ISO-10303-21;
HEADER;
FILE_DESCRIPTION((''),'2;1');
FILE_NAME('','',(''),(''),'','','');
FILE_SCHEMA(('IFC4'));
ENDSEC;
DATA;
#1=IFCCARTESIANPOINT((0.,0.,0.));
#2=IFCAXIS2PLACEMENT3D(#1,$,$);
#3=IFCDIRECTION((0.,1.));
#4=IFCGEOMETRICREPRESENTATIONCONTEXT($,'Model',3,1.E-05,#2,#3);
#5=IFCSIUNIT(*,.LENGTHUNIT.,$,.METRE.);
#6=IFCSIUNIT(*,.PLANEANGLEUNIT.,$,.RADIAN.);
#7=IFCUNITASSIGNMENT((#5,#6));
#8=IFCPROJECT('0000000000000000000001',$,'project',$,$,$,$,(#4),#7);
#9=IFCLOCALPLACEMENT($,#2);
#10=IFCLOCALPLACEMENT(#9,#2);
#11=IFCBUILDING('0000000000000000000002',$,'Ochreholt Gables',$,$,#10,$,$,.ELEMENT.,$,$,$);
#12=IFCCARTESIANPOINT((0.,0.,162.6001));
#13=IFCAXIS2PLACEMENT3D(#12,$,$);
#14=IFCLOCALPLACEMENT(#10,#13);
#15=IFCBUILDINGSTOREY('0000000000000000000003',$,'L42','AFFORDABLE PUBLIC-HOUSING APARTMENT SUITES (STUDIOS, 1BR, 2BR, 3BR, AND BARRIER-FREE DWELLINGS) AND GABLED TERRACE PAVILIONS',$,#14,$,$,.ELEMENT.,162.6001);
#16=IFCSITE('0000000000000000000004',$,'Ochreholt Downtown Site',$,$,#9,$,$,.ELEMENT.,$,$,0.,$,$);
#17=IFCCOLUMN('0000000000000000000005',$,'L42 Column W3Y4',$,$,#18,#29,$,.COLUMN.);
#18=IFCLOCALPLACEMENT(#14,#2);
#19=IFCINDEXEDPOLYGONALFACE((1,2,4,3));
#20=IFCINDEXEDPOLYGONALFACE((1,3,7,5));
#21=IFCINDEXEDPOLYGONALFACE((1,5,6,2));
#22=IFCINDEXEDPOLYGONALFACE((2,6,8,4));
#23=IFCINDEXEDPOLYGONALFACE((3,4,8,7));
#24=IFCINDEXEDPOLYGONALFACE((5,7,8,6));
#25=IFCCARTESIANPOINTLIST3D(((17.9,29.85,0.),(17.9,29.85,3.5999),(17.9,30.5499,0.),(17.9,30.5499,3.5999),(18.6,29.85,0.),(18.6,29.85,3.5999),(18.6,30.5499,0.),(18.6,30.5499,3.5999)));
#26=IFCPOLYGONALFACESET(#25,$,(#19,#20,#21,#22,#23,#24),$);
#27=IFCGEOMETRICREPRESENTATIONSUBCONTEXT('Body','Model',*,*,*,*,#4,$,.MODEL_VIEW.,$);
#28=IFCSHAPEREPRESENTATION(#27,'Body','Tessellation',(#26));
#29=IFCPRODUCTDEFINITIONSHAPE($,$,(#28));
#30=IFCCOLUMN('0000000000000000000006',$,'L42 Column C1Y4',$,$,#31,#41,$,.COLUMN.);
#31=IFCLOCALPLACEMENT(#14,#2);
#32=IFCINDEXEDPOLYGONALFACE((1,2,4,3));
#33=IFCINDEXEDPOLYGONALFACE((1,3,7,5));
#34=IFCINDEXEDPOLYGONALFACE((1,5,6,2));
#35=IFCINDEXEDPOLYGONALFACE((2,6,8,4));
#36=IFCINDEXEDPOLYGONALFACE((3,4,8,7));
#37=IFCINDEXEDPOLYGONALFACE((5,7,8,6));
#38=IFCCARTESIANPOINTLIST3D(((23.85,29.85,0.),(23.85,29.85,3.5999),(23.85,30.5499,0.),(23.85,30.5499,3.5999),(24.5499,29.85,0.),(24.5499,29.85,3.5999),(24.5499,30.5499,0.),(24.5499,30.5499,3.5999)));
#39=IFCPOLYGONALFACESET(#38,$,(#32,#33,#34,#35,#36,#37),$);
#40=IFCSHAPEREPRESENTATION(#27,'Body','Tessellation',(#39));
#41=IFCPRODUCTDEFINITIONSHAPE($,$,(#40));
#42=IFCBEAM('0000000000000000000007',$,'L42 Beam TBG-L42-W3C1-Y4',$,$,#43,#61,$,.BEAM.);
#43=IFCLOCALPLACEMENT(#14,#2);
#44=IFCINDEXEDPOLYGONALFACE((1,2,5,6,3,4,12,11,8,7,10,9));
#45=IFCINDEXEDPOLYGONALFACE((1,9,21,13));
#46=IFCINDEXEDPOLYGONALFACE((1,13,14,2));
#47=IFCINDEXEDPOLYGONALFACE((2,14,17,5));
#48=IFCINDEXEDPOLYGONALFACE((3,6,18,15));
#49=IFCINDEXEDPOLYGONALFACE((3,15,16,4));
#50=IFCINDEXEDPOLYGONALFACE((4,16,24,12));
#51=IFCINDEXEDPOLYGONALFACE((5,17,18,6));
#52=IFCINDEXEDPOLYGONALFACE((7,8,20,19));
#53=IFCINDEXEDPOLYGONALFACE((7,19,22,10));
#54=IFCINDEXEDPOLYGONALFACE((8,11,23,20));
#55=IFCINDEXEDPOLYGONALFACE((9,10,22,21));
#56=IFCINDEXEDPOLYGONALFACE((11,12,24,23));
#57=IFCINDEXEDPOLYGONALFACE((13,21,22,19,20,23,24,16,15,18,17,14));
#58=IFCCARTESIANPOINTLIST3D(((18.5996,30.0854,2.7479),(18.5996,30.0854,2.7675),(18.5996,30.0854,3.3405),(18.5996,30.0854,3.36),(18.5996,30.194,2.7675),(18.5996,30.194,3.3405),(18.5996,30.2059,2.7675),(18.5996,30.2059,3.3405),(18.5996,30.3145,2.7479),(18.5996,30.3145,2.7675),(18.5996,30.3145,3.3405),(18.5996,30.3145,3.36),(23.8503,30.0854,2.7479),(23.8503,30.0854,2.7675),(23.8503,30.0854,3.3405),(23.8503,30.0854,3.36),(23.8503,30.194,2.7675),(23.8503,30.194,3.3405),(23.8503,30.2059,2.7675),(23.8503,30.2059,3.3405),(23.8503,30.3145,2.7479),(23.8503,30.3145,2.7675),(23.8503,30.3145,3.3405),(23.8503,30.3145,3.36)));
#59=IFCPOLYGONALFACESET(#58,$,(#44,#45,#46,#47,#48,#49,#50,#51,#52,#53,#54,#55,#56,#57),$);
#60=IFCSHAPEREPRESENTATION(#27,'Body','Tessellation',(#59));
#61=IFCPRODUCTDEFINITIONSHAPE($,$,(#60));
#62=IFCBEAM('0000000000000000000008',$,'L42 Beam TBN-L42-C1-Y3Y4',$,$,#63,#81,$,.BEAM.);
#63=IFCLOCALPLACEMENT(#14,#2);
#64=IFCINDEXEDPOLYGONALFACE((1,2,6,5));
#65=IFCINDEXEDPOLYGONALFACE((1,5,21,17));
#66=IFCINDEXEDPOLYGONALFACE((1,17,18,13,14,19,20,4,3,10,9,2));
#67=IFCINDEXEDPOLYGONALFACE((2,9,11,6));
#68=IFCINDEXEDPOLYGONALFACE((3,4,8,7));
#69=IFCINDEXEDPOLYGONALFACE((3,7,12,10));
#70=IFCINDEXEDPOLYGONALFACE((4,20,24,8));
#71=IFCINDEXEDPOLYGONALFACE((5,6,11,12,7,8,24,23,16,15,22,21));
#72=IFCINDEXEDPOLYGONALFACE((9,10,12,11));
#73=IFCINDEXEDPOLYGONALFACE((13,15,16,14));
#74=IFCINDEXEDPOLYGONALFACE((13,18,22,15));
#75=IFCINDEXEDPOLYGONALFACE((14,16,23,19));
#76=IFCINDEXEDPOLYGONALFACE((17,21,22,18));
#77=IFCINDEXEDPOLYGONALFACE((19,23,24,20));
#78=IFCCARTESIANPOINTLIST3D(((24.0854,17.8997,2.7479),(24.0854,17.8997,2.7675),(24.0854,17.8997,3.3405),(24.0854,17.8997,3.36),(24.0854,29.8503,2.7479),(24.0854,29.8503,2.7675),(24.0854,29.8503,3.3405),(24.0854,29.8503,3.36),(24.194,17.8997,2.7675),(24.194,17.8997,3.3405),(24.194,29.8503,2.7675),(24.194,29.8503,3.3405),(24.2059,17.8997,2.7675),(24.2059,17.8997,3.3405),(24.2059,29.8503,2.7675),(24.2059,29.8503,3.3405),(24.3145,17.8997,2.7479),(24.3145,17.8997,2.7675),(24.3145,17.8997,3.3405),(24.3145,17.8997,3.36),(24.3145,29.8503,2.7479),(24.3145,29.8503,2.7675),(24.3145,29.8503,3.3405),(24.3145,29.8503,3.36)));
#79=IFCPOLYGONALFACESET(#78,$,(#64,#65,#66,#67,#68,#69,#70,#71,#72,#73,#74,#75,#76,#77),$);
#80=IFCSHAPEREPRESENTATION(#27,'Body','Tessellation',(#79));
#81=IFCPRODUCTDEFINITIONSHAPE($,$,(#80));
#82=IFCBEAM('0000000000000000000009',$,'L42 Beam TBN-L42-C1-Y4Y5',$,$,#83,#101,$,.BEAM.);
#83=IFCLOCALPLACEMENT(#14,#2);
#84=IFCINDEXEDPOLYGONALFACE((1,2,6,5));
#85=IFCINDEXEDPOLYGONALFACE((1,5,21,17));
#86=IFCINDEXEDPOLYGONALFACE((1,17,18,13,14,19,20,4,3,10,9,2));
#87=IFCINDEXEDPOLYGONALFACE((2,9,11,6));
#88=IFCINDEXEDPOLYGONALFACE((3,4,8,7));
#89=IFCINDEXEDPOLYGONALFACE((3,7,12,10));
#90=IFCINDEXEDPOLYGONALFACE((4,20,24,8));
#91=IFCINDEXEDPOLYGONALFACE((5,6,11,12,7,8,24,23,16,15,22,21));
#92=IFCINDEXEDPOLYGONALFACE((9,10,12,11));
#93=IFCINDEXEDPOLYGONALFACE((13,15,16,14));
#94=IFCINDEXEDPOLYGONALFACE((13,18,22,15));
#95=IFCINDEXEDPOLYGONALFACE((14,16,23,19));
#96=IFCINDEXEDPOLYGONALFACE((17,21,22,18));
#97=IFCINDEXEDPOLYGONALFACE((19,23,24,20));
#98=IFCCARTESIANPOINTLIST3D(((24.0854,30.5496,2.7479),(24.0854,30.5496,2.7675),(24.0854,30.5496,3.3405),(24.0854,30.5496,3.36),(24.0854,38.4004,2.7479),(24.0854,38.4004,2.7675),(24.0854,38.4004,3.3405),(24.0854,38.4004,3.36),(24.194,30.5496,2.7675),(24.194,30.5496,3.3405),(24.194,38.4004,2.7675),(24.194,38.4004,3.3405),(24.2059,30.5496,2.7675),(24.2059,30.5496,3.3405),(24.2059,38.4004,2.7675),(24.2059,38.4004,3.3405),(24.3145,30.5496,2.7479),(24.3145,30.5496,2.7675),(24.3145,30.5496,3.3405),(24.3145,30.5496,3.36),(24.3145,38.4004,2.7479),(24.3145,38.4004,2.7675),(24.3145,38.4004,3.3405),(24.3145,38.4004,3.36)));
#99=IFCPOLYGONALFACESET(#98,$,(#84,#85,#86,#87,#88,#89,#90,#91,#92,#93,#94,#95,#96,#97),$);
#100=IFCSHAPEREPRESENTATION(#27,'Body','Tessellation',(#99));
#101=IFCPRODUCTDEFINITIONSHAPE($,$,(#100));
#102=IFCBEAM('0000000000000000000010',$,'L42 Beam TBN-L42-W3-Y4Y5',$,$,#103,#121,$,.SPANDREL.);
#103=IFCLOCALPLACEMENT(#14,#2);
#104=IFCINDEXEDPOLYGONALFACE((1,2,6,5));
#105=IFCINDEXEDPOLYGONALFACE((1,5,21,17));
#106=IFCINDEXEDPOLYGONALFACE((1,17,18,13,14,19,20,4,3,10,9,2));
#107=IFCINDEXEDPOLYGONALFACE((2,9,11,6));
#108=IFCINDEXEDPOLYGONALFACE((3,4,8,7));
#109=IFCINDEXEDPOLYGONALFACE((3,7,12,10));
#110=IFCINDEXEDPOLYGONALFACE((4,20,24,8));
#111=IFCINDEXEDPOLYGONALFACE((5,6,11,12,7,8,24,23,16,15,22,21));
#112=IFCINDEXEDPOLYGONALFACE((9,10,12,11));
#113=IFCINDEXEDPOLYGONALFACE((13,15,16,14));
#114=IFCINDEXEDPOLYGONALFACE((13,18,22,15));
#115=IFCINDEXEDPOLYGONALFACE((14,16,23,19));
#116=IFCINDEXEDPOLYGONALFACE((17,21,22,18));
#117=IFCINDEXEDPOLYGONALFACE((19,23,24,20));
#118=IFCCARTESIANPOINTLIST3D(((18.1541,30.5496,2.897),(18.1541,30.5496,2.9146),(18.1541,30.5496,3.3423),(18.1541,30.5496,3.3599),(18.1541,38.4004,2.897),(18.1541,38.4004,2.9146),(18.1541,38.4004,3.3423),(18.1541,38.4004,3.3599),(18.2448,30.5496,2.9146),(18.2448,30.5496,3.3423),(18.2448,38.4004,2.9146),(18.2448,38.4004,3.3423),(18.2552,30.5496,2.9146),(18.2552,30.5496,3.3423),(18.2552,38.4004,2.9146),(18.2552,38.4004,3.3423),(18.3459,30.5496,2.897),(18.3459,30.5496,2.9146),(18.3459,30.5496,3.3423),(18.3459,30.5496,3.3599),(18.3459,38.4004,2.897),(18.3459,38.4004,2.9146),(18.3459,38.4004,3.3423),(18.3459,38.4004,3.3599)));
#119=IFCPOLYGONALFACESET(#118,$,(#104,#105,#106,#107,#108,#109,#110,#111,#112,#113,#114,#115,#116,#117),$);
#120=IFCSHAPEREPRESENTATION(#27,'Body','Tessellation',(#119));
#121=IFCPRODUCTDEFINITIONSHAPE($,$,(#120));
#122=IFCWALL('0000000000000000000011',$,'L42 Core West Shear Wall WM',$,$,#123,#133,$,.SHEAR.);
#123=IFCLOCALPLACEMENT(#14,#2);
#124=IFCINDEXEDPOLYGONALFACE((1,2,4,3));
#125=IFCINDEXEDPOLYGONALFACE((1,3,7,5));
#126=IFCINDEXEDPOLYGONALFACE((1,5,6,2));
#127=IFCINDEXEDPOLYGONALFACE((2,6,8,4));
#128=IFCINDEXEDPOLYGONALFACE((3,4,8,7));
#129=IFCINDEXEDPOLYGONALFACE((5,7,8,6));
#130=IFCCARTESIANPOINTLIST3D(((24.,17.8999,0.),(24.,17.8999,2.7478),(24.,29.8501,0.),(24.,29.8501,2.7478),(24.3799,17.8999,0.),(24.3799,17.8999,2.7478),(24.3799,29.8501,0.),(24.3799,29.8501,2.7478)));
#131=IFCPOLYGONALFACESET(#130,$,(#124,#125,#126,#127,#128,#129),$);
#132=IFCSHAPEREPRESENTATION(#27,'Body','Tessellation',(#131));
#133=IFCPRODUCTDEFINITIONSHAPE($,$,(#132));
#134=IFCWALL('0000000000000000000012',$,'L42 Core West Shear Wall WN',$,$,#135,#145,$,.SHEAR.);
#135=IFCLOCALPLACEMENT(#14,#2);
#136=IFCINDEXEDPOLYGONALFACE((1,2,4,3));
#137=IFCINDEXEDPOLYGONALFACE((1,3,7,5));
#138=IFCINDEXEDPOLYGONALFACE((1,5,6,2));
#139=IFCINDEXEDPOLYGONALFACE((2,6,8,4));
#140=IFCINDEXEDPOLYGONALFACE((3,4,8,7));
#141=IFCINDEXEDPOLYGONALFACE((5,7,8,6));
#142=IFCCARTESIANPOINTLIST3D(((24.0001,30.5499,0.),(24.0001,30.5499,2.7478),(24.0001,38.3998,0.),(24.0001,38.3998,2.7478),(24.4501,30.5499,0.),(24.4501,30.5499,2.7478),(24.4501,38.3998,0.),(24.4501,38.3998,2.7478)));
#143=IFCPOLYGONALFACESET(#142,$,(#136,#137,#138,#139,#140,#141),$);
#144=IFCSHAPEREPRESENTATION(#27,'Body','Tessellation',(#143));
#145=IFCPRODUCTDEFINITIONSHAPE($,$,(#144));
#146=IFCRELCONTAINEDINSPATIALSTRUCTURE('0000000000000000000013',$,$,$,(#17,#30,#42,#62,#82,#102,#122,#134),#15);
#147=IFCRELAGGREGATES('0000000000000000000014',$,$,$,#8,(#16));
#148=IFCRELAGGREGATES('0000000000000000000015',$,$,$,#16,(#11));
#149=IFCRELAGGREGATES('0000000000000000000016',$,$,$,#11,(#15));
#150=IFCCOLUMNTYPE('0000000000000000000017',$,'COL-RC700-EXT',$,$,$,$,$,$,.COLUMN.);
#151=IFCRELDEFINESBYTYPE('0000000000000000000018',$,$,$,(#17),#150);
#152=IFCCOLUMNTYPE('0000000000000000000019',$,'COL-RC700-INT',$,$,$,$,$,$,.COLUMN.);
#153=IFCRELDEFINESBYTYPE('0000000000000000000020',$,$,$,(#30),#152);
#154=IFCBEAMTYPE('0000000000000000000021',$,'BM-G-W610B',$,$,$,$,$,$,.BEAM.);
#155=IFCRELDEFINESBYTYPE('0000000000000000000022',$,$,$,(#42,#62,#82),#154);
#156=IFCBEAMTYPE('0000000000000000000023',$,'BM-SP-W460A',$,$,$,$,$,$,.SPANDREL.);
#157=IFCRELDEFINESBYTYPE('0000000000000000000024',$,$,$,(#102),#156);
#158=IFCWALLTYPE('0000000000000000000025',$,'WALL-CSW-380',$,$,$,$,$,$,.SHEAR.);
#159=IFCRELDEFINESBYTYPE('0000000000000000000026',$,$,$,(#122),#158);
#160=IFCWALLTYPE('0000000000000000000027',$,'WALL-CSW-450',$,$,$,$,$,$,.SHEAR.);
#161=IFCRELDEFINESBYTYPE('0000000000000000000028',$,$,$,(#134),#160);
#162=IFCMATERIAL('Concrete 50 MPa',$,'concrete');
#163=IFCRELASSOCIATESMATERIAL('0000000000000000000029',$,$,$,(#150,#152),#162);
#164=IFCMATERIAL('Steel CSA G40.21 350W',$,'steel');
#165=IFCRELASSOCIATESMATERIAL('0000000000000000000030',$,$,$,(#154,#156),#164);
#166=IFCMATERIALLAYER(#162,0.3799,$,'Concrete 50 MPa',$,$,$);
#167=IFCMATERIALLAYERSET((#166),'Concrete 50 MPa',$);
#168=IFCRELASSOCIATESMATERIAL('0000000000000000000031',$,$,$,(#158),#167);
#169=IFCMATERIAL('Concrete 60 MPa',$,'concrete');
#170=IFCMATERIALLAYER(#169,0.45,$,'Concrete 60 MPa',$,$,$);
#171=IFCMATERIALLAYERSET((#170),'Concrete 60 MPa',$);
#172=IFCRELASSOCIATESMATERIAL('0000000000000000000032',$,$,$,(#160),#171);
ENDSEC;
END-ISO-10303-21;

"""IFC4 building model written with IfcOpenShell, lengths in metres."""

from ifc_helpers import new_model, si_unit, direction, frame, frame_2d, origin, origin_2d, place, context, subcontext, project, spatial, rectangle, i_section, extrude, material, layer, layer_set, material_profile, profile_set, type_object, element, save


model = new_model("IFC4")

# Units and contexts
model_context = context("Model", 3, precision=1e-05, world=origin(), true_north=direction((0.0, 1.0)))
body_context = subcontext(model_context, "Body", "Model", "MODEL_VIEW")
ifc_project = project(units=[si_unit("LENGTHUNIT", "METRE"), si_unit("PLANEANGLEUNIT", "RADIAN")], contexts=[model_context])

# Site, building, storey
site_placement = place(None, origin())
site = spatial("IfcSite", under=ifc_project, at=site_placement, Name="Ochreholt Downtown Site", CompositionType="ELEMENT", RefElevation=0.0)
building_placement = place(site_placement, origin())
building = spatial("IfcBuilding", under=site, at=building_placement, Name="Ochreholt Gables", CompositionType="ELEMENT")
storey_placement = place(building_placement, frame((0.0, 0.0, 162.6001)))
storey = spatial("IfcBuildingStorey", under=building, at=storey_placement, Name="L42", Description="AFFORDABLE PUBLIC-HOUSING APARTMENT SUITES (STUDIOS, 1BR, 2BR, 3BR, AND BARRIER-FREE DWELLINGS) AND GABLED TERRACE PAVILIONS", CompositionType="ELEMENT", Elevation=162.6001)

# Columns
ifc_material_1 = material(Name="Concrete 50 MPa", Category="concrete")
ifc_material_profile_1 = material_profile(ifc_material_1, rectangle(XDim=0.7, YDim=0.7, at=origin_2d()), Name="RC700X700")
ifc_profile_set_1 = profile_set([ifc_material_profile_1], Name="Concrete 50 MPa")
column_type_1 = type_object("IfcColumnType", Name="COL-RC700-EXT", PredefinedType="COLUMN", material=ifc_profile_set_1)
column_1_placement = place(storey_placement, frame((18.25, 30.2, 0.0), z_axis=(0.0, 0.0, 1.0), x_axis=(1.0, 0.0, 0.0)))
element("IfcColumn", 1, at=column_1_placement, inside=storey, type_object=column_type_1, Name="L42 Column W3Y4", PredefinedType="COLUMN", context=body_context, shape_type="SweptSolid", body=[
    extrude(rectangle(XDim=0.7, YDim=0.7, at=origin_2d()), origin(), (0.0, 0.0, 1.0), 3.5999),
])
ifc_material_profile_2 = material_profile(ifc_material_1, rectangle(XDim=0.7, YDim=0.7, at=origin_2d()), Name="RC700X700")
ifc_profile_set_2 = profile_set([ifc_material_profile_2], Name="Concrete 50 MPa")
column_type_2 = type_object("IfcColumnType", Name="COL-RC700-INT", PredefinedType="COLUMN", material=ifc_profile_set_2)
column_2_placement = place(storey_placement, frame((24.2, 30.2, 0.0), z_axis=(0.0, 0.0, 1.0), x_axis=(1.0, 0.0, 0.0)))
element("IfcColumn", 2, at=column_2_placement, inside=storey, type_object=column_type_2, Name="L42 Column C1Y4", PredefinedType="COLUMN", context=body_context, shape_type="SweptSolid", body=[
    extrude(rectangle(XDim=0.7, YDim=0.7, at=origin_2d()), origin(), (0.0, 0.0, 1.0), 3.5999),
])

# Beams
ifc_material_2 = material(Name="Steel CSA G40.21 350W", Category="steel")
ifc_material_profile_3 = material_profile(ifc_material_2, i_section(OverallWidth=0.229, OverallDepth=0.6121, WebThickness=0.012, FlangeThickness=0.0195, at=origin_2d()), Name="W610X125")
ifc_profile_set_3 = profile_set([ifc_material_profile_3], Name="Steel CSA G40.21 350W")
beam_type_1 = type_object("IfcBeamType", Name="BM-G-W610B", PredefinedType="BEAM", material=ifc_profile_set_3)
beam_1_placement = place(storey_placement, frame((18.5996, 30.2, 3.054), z_axis=(1.0, 0.0, 0.0), x_axis=(0.0, 1.0, 0.0)))
element("IfcBeam", 3, at=beam_1_placement, inside=storey, type_object=beam_type_1, Name="L42 Beam TBG-L42-W3C1-Y4", PredefinedType="BEAM", context=body_context, shape_type="SweptSolid", body=[
    extrude(i_section(OverallWidth=0.229, OverallDepth=0.6121, WebThickness=0.012, FlangeThickness=0.0195, at=origin_2d()), origin(), (0.0, 0.0, 1.0), 5.2507),
])
beam_2_placement = place(storey_placement, frame((24.2, 17.8997, 3.054), z_axis=(0.0, 1.0, 0.0), x_axis=(-1.0, 0.0, 0.0)))
element("IfcBeam", 4, at=beam_2_placement, inside=storey, type_object=beam_type_1, Name="L42 Beam TBN-L42-C1-Y3Y4", PredefinedType="BEAM", context=body_context, shape_type="SweptSolid", body=[
    extrude(i_section(OverallWidth=0.229, OverallDepth=0.6121, WebThickness=0.012, FlangeThickness=0.0195, at=origin_2d()), origin(), (0.0, 0.0, 1.0), 11.9507),
])
beam_3_placement = place(storey_placement, frame((24.2, 30.5496, 3.054), z_axis=(0.0, 1.0, 0.0), x_axis=(-1.0, 0.0, 0.0)))
element("IfcBeam", 5, at=beam_3_placement, inside=storey, type_object=beam_type_1, Name="L42 Beam TBN-L42-C1-Y4Y5", PredefinedType="BEAM", context=body_context, shape_type="SweptSolid", body=[
    extrude(i_section(OverallWidth=0.229, OverallDepth=0.6121, WebThickness=0.012, FlangeThickness=0.0195, at=origin_2d()), origin(), (0.0, 0.0, 1.0), 7.8508),
])
ifc_material_profile_4 = material_profile(ifc_material_2, i_section(OverallWidth=0.1919, OverallDepth=0.4629, WebThickness=0.0105, FlangeThickness=0.0176, at=origin_2d()), Name="W460X89")
ifc_profile_set_4 = profile_set([ifc_material_profile_4], Name="Steel CSA G40.21 350W")
beam_type_2 = type_object("IfcBeamType", Name="BM-SP-W460A", PredefinedType="SPANDREL", material=ifc_profile_set_4)
beam_4_placement = place(storey_placement, frame((18.25, 30.5496, 3.1284), z_axis=(0.0, 1.0, 0.0), x_axis=(-1.0, 0.0, 0.0)))
element("IfcBeam", 6, at=beam_4_placement, inside=storey, type_object=beam_type_2, Name="L42 Beam TBN-L42-W3-Y4Y5", PredefinedType="SPANDREL", context=body_context, shape_type="SweptSolid", body=[
    extrude(i_section(OverallWidth=0.1919, OverallDepth=0.4629, WebThickness=0.0105, FlangeThickness=0.0176, at=origin_2d()), origin(), (0.0, 0.0, 1.0), 7.8508),
])

# Walls
ifc_layer_1 = layer(ifc_material_1, 0.3799, Name="Concrete 50 MPa")
ifc_layer_set_1 = layer_set([ifc_layer_1], Name="Concrete 50 MPa")
wall_type_1 = type_object("IfcWallType", Name="WALL-CSW-380", PredefinedType="SHEAR", material=ifc_layer_set_1)
wall_1_placement = place(storey_placement, frame((24.1899, 17.8999, 0.0), z_axis=(0.0, 0.0, 1.0), x_axis=(0.0, 1.0, 0.0)))
element("IfcWall", 7, at=wall_1_placement, inside=storey, type_object=wall_type_1, Name="L42 Core West Shear Wall WM", PredefinedType="SHEAR", context=body_context, shape_type="SweptSolid", body=[
    extrude(rectangle(XDim=11.9502, YDim=0.3799, at=frame_2d((5.9751, 0.0))), origin(), (0.0, 0.0, 1.0), 2.7478),
])
ifc_material_3 = material(Name="Concrete 60 MPa", Category="concrete")
ifc_layer_2 = layer(ifc_material_3, 0.45, Name="Concrete 60 MPa")
ifc_layer_set_2 = layer_set([ifc_layer_2], Name="Concrete 60 MPa")
wall_type_2 = type_object("IfcWallType", Name="WALL-CSW-450", PredefinedType="SHEAR", material=ifc_layer_set_2)
wall_2_placement = place(storey_placement, frame((24.2251, 30.55, 0.0), z_axis=(0.0, 0.0, 1.0), x_axis=(0.0, 1.0, 0.0)))
element("IfcWall", 8, at=wall_2_placement, inside=storey, type_object=wall_type_2, Name="L42 Core West Shear Wall WN", PredefinedType="SHEAR", context=body_context, shape_type="SweptSolid", body=[
    extrude(rectangle(XDim=7.8499, YDim=0.45, at=frame_2d((3.9248, 0.0))), origin(), (0.0, 0.0, 1.0), 2.7478),
])

save(model, "model.ifc")
